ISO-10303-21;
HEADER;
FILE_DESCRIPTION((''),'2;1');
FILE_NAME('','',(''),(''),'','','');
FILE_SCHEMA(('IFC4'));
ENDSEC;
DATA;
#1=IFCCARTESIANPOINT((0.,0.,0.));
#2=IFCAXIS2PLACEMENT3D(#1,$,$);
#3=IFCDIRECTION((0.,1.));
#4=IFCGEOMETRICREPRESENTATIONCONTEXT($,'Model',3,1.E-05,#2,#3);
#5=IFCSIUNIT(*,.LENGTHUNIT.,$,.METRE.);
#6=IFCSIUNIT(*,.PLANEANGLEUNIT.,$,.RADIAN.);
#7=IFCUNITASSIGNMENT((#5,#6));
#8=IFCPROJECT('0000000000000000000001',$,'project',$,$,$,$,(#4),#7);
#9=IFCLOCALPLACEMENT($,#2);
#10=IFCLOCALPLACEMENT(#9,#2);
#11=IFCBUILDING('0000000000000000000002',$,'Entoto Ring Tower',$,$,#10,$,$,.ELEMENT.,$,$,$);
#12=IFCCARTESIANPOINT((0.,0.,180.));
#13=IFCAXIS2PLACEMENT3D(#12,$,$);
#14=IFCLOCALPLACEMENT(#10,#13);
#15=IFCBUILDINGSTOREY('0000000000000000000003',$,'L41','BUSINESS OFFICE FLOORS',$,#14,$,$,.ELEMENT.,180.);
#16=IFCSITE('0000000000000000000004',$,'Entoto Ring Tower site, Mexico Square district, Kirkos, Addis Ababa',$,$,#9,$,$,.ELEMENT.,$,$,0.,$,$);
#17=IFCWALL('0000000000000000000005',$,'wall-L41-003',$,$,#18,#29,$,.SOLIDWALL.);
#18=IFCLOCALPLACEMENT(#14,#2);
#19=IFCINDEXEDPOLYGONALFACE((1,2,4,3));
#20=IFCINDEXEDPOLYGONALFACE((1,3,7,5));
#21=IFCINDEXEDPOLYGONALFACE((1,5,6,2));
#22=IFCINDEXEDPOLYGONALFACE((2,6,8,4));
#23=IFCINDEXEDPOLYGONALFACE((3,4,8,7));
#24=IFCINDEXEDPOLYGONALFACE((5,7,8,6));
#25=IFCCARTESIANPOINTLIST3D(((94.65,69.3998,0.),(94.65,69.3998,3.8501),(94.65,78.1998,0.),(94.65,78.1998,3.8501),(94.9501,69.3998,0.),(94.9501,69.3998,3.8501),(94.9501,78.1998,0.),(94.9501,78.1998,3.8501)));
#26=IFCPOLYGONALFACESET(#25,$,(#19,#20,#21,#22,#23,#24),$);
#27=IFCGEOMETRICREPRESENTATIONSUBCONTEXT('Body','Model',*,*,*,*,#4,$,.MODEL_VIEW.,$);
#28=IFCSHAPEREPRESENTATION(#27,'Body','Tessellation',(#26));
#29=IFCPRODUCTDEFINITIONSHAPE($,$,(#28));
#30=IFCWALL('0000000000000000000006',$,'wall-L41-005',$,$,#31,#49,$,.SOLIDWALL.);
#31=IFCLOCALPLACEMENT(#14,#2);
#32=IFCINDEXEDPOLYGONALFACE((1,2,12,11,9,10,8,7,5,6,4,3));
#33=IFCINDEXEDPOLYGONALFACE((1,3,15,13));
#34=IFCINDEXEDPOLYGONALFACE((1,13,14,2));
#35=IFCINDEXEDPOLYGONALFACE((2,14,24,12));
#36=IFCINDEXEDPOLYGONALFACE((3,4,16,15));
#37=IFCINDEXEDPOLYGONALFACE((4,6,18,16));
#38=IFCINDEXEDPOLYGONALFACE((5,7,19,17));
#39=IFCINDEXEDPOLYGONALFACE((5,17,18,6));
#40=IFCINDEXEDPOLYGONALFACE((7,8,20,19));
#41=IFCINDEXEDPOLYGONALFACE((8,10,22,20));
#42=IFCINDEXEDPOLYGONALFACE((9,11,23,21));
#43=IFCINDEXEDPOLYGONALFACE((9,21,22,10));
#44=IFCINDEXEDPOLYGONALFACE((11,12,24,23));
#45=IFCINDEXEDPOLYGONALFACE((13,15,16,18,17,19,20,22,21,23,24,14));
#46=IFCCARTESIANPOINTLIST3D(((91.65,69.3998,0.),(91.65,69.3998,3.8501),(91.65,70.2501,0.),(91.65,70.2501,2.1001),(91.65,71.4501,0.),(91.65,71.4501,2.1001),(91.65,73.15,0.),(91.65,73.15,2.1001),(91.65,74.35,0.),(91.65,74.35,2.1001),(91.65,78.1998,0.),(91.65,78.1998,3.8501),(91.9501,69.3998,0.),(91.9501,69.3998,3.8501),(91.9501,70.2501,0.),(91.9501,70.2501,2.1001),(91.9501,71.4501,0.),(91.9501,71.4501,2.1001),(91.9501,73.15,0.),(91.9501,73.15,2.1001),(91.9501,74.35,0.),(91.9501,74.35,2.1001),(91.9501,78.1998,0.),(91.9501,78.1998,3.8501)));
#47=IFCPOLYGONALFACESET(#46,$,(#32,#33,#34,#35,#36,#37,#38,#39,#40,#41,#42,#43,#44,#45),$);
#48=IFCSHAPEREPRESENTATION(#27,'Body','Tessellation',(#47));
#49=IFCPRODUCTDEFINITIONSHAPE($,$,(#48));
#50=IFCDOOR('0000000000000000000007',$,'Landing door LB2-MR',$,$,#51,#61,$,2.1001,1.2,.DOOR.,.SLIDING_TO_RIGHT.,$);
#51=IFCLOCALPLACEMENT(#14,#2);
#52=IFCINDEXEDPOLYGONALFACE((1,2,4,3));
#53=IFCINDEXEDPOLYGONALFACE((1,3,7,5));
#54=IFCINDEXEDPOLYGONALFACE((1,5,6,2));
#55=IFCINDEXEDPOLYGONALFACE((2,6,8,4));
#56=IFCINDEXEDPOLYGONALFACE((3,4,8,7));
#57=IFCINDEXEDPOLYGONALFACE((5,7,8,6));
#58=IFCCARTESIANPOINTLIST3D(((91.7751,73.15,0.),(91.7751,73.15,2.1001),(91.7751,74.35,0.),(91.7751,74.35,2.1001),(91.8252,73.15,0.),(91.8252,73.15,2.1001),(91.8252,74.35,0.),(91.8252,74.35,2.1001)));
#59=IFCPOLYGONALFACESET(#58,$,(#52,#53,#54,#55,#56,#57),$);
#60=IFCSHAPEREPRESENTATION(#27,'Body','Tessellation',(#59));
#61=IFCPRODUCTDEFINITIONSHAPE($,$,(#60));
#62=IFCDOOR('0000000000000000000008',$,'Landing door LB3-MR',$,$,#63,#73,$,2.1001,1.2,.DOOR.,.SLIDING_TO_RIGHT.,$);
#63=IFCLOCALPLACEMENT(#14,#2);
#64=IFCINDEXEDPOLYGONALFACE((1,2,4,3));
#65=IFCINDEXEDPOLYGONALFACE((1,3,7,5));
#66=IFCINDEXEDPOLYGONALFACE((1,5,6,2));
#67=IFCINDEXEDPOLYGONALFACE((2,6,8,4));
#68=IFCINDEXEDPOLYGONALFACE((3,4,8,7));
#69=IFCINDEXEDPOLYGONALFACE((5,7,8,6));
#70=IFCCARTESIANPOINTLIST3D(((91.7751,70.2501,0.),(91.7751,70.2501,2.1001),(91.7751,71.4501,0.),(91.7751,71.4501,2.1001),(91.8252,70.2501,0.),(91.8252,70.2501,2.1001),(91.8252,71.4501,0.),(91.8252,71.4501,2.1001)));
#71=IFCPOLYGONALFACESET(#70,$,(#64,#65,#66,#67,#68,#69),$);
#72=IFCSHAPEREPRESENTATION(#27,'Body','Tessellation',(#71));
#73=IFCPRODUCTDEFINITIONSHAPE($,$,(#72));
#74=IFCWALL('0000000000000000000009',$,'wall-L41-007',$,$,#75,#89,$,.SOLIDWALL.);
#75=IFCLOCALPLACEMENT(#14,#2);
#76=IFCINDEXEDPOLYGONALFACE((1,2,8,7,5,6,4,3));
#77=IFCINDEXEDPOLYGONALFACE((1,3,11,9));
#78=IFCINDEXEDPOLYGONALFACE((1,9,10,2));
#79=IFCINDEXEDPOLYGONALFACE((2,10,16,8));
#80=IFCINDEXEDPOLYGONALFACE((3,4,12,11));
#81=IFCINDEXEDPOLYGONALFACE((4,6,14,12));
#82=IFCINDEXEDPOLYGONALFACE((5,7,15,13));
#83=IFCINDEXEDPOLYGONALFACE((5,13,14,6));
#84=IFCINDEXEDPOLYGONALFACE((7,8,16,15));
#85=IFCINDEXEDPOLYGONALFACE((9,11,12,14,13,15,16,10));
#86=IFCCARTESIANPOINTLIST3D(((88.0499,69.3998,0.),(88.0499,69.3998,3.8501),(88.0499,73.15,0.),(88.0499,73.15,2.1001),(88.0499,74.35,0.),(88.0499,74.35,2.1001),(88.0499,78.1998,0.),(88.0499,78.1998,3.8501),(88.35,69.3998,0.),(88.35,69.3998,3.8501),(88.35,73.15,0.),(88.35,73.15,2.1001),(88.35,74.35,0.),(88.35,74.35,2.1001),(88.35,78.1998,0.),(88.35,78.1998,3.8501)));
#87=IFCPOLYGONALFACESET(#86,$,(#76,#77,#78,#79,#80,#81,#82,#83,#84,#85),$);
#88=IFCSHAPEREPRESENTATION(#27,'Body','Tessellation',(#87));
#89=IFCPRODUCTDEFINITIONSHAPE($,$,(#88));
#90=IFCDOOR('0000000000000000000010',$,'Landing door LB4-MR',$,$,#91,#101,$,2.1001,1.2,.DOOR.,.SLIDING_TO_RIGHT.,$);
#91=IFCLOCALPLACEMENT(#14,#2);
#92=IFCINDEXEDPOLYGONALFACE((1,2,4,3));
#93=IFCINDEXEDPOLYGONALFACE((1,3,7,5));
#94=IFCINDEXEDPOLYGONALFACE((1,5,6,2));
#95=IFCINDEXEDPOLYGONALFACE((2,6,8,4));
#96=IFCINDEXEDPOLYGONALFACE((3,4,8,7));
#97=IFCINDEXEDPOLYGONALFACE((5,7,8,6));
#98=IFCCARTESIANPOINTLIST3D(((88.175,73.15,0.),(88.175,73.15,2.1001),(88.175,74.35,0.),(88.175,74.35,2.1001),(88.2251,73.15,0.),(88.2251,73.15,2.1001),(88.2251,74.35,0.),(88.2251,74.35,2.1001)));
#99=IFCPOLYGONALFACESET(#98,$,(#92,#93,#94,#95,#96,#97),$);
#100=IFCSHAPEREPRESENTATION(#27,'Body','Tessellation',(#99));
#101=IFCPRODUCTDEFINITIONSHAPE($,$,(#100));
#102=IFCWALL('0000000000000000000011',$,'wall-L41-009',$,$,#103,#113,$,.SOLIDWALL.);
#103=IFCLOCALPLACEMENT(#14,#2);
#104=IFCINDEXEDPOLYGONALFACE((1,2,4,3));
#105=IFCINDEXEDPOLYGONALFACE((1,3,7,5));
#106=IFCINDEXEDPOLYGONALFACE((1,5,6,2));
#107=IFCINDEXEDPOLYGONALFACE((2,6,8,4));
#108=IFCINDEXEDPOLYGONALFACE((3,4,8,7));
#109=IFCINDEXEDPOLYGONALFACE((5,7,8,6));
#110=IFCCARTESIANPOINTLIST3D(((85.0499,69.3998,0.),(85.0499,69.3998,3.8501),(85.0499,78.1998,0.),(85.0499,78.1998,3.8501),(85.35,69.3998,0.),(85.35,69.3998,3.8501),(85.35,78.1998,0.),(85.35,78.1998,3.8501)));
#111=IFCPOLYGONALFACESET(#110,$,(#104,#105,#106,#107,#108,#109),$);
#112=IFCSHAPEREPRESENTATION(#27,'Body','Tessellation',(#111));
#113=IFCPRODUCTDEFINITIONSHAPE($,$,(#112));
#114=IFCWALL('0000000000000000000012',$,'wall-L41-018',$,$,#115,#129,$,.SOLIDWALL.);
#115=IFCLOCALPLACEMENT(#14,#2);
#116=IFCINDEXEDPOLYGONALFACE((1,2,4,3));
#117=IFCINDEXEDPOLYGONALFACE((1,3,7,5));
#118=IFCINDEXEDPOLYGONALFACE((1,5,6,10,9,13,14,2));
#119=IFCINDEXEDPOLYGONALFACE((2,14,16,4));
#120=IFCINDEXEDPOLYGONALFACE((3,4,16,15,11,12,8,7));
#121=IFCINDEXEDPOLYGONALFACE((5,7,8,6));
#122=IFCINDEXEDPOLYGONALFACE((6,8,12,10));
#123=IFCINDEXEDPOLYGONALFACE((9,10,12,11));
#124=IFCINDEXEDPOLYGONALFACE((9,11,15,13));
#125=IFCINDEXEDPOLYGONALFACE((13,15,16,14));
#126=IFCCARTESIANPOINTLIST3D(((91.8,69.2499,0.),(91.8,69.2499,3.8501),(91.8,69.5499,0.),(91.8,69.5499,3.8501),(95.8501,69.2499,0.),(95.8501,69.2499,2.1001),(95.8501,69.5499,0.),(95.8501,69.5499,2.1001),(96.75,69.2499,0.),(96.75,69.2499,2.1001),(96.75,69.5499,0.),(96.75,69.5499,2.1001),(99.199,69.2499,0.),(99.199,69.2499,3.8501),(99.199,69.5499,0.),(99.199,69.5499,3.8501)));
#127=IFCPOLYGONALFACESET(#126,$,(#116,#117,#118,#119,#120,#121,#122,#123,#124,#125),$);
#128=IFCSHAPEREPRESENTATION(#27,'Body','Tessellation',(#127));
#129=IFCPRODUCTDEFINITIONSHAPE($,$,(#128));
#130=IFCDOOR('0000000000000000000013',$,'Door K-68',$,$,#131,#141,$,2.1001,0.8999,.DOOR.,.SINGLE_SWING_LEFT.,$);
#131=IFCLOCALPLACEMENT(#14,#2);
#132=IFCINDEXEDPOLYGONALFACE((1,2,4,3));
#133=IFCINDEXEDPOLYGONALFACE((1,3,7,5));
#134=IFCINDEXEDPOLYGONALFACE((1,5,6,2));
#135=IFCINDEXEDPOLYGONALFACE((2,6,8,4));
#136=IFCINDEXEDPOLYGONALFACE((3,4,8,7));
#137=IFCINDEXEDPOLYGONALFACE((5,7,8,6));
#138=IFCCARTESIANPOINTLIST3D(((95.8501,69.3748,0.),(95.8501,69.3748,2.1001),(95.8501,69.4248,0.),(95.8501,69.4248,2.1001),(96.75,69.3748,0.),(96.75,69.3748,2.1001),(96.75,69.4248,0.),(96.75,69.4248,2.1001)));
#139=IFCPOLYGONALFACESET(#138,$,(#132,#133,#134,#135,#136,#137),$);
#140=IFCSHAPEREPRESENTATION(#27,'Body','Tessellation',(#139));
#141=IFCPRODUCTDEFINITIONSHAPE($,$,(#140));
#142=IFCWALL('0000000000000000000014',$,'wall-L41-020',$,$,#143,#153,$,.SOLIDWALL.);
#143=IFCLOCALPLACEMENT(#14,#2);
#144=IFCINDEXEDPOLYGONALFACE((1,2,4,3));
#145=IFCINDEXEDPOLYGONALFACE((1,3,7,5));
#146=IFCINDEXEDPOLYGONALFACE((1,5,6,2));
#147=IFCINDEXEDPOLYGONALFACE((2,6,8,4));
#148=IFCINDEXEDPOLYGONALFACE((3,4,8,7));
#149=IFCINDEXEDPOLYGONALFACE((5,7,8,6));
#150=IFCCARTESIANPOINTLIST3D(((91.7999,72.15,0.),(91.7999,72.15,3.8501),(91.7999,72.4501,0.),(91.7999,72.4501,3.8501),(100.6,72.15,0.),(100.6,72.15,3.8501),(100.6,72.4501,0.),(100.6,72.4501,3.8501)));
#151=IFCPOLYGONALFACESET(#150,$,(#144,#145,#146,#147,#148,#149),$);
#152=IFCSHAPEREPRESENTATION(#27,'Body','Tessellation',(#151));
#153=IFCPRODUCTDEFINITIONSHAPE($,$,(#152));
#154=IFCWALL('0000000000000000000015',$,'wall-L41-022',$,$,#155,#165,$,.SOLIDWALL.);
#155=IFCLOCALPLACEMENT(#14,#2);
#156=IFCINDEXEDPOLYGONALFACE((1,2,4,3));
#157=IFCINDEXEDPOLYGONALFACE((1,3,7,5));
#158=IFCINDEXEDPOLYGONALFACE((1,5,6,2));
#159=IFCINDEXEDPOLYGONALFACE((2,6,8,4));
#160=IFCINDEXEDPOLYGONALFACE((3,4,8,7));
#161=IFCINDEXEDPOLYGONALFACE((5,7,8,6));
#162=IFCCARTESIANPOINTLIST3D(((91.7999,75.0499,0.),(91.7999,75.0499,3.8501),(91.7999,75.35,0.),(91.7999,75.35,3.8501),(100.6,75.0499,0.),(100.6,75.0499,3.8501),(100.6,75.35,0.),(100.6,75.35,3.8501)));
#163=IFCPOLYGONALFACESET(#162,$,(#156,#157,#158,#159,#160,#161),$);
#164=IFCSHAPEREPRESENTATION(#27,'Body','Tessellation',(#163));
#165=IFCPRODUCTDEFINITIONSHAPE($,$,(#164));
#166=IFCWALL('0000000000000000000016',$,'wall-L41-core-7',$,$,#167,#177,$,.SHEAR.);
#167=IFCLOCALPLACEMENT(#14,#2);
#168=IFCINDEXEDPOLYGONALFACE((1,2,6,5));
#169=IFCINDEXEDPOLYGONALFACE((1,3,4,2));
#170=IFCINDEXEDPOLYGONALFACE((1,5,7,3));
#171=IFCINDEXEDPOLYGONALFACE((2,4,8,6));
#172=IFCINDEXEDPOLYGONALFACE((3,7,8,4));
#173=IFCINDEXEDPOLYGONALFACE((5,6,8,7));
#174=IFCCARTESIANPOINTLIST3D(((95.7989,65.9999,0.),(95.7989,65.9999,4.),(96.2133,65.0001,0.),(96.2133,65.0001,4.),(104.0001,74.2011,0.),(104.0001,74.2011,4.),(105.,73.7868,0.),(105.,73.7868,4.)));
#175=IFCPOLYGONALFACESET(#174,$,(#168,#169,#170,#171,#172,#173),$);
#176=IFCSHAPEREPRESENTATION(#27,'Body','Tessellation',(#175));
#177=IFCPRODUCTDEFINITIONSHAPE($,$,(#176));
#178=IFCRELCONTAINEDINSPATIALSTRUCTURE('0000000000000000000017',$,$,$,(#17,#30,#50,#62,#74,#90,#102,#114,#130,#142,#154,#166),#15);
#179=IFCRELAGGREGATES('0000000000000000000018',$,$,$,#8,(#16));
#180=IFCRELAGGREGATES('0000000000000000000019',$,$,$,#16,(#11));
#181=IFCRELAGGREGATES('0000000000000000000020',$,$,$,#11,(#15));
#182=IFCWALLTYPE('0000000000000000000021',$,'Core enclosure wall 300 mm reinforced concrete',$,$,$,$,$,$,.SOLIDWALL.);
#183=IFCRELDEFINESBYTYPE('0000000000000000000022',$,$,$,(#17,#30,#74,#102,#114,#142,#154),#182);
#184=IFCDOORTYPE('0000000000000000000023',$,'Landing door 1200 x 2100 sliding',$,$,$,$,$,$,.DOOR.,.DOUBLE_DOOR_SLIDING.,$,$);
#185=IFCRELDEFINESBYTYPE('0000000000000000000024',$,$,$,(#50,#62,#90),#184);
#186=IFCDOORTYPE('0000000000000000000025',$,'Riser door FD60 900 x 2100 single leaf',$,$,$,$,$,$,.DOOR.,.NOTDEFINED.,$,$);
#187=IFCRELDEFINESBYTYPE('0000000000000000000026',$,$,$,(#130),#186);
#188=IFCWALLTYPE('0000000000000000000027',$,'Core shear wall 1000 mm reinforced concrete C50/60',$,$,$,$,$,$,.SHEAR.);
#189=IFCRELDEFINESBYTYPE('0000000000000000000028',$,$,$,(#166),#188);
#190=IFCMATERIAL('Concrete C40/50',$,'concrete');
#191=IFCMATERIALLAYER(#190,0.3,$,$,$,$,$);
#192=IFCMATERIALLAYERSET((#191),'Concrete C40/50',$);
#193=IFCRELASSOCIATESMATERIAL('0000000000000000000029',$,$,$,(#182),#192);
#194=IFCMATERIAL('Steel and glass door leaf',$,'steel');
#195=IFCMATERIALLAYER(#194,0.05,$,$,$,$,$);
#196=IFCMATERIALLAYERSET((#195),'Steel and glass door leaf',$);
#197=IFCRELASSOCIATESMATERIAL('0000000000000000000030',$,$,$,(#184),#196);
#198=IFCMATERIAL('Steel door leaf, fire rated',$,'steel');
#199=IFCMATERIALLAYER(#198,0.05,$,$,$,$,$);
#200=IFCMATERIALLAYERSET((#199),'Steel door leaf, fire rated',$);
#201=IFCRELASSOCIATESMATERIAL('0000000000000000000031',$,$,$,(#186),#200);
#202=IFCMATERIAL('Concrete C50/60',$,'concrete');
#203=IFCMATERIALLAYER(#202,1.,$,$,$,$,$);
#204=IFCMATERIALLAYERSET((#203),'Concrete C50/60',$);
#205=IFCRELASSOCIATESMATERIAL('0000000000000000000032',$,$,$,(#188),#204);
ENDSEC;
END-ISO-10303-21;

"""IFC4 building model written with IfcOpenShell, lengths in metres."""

from ifc_helpers import new_model, si_unit, direction, frame, frame_2d, origin, place, context, subcontext, project, spatial, polyline, rectangle, outline, extrude, material, layer, layer_set, type_object, element, fill, save


model = new_model("IFC4")

# Units and contexts
model_context = context("Model", 3, precision=1e-05, world=origin(), true_north=direction((0.0, 1.0)))
body_context = subcontext(model_context, "Body", "Model", "MODEL_VIEW")
ifc_project = project(units=[si_unit("LENGTHUNIT", "METRE"), si_unit("PLANEANGLEUNIT", "RADIAN")], contexts=[model_context])

# Site, building, storey
site_placement = place(None, origin())
site = spatial("IfcSite", under=ifc_project, at=site_placement, Name="Entoto Ring Tower site, Mexico Square district, Kirkos, Addis Ababa", CompositionType="ELEMENT", RefElevation=0.0)
building_placement = place(site_placement, origin())
building = spatial("IfcBuilding", under=site, at=building_placement, Name="Entoto Ring Tower", CompositionType="ELEMENT")
storey_placement = place(building_placement, frame((0.0, 0.0, 180.0)))
storey = spatial("IfcBuildingStorey", under=building, at=storey_placement, Name="L41", Description="BUSINESS OFFICE FLOORS", CompositionType="ELEMENT", Elevation=180.0)

# Wall
ifc_material_1 = material(Name="Concrete C40/50", Category="concrete")
ifc_layer_1 = layer(ifc_material_1, 0.3)
ifc_layer_set_1 = layer_set([ifc_layer_1], Name="Concrete C40/50")
wall_type_1 = type_object("IfcWallType", Name="Core enclosure wall 300 mm reinforced concrete", PredefinedType="SOLIDWALL", material=ifc_layer_set_1)
wall_1_placement = place(storey_placement, frame((94.8, 69.3999, 0.0), z_axis=(0.0, 0.0, 1.0), x_axis=(0.0, 1.0, 0.0)))
element("IfcWall", 1, at=wall_1_placement, inside=storey, type_object=wall_type_1, Name="wall-L41-003", PredefinedType="SOLIDWALL", context=body_context, shape_type="SweptSolid", body=[
    extrude(rectangle(XDim=8.8, YDim=0.3, at=frame_2d((4.3999, 0.0))), origin(), (0.0, 0.0, 1.0), 3.8501),
])

# Wall, openings, doors
wall_2_placement = place(storey_placement, frame((91.8, 69.3999, 0.0), z_axis=(0.0, 0.0, 1.0), x_axis=(0.0, 1.0, 0.0)))
wall_2 = element("IfcWall", 2, at=wall_2_placement, inside=storey, type_object=wall_type_1, Name="wall-L41-005", PredefinedType="SOLIDWALL", context=body_context, shape_type="SweptSolid", body=[
    extrude(rectangle(XDim=8.8, YDim=0.3, at=frame_2d((4.3999, 0.0))), origin(), (0.0, 0.0, 1.0), 3.8501),
])
opening_1_placement = place(wall_2_placement, frame((3.75, 0.0, 0.0)))
opening_1 = element("IfcOpeningElement", 3, at=opening_1_placement, cuts=wall_2, PredefinedType="OPENING", context=body_context, shape_type="SweptSolid", body=[
    extrude(rectangle(XDim=1.2, YDim=2.1001, at=frame_2d((0.6001, 1.05))), frame((0.0, 0.1602, 0.0), z_axis=(0.0, -1.0, 0.0), x_axis=(1.0, 0.0, 0.0)), (0.0, 0.0, 1.0), 0.3201),
])
opening_2_placement = place(wall_2_placement, frame((0.8501, 0.0, 0.0)))
opening_2 = element("IfcOpeningElement", 4, at=opening_2_placement, cuts=wall_2, PredefinedType="OPENING", context=body_context, shape_type="SweptSolid", body=[
    extrude(rectangle(XDim=1.2, YDim=2.1001, at=frame_2d((0.6001, 1.05))), frame((0.0, 0.1602, 0.0), z_axis=(0.0, -1.0, 0.0), x_axis=(1.0, 0.0, 0.0)), (0.0, 0.0, 1.0), 0.3201),
])
ifc_material_2 = material(Name="Steel and glass door leaf", Category="steel")
ifc_layer_2 = layer(ifc_material_2, 0.05)
ifc_layer_set_2 = layer_set([ifc_layer_2], Name="Steel and glass door leaf")
door_type_1 = type_object("IfcDoorType", Name="Landing door 1200 x 2100 sliding", OperationType="DOUBLE_DOOR_SLIDING", PredefinedType="DOOR", material=ifc_layer_set_2)
door_1_placement = place(opening_1_placement, origin())
door_1 = element("IfcDoor", 5, at=door_1_placement, inside=storey, type_object=door_type_1, Name="Landing door LB2-MR", OperationType="SLIDING_TO_RIGHT", OverallHeight=2.1001, OverallWidth=1.2, PredefinedType="DOOR", context=body_context, shape_type="SweptSolid", body=[
    extrude(rectangle(XDim=1.2, YDim=2.1001, at=frame_2d((0.6001, 1.05))), frame((0.0, 0.0249, 0.0), z_axis=(0.0, -1.0, 0.0), x_axis=(1.0, 0.0, 0.0)), (0.0, 0.0, 1.0), 0.05),
])
fill(opening_1, door_1)
door_2_placement = place(opening_2_placement, origin())
door_2 = element("IfcDoor", 6, at=door_2_placement, inside=storey, type_object=door_type_1, Name="Landing door LB3-MR", OperationType="SLIDING_TO_RIGHT", OverallHeight=2.1001, OverallWidth=1.2, PredefinedType="DOOR", context=body_context, shape_type="SweptSolid", body=[
    extrude(rectangle(XDim=1.2, YDim=2.1001, at=frame_2d((0.6001, 1.05))), frame((0.0, 0.0249, 0.0), z_axis=(0.0, -1.0, 0.0), x_axis=(1.0, 0.0, 0.0)), (0.0, 0.0, 1.0), 0.05),
])
fill(opening_2, door_2)

# Wall, opening, door
wall_3_placement = place(storey_placement, frame((88.2, 69.3999, 0.0), z_axis=(0.0, 0.0, 1.0), x_axis=(0.0, 1.0, 0.0)))
wall_3 = element("IfcWall", 7, at=wall_3_placement, inside=storey, type_object=wall_type_1, Name="wall-L41-007", PredefinedType="SOLIDWALL", context=body_context, shape_type="SweptSolid", body=[
    extrude(rectangle(XDim=8.8, YDim=0.3, at=frame_2d((4.3999, 0.0))), origin(), (0.0, 0.0, 1.0), 3.8501),
])
opening_3_placement = place(wall_3_placement, frame((3.75, 0.0, 0.0)))
opening_3 = element("IfcOpeningElement", 8, at=opening_3_placement, cuts=wall_3, PredefinedType="OPENING", context=body_context, shape_type="SweptSolid", body=[
    extrude(rectangle(XDim=1.2, YDim=2.1001, at=frame_2d((0.6001, 1.05))), frame((0.0, 0.1602, 0.0), z_axis=(0.0, -1.0, 0.0), x_axis=(1.0, 0.0, 0.0)), (0.0, 0.0, 1.0), 0.3201),
])
door_3_placement = place(opening_3_placement, origin())
door_3 = element("IfcDoor", 9, at=door_3_placement, inside=storey, type_object=door_type_1, Name="Landing door LB4-MR", OperationType="SLIDING_TO_RIGHT", OverallHeight=2.1001, OverallWidth=1.2, PredefinedType="DOOR", context=body_context, shape_type="SweptSolid", body=[
    extrude(rectangle(XDim=1.2, YDim=2.1001, at=frame_2d((0.6001, 1.05))), frame((0.0, 0.0249, 0.0), z_axis=(0.0, -1.0, 0.0), x_axis=(1.0, 0.0, 0.0)), (0.0, 0.0, 1.0), 0.05),
])
fill(opening_3, door_3)

# Wall
wall_4_placement = place(storey_placement, frame((85.2, 69.3999, 0.0), z_axis=(0.0, 0.0, 1.0), x_axis=(0.0, 1.0, 0.0)))
element("IfcWall", 10, at=wall_4_placement, inside=storey, type_object=wall_type_1, Name="wall-L41-009", PredefinedType="SOLIDWALL", context=body_context, shape_type="SweptSolid", body=[
    extrude(rectangle(XDim=8.8, YDim=0.3, at=frame_2d((4.3999, 0.0))), origin(), (0.0, 0.0, 1.0), 3.8501),
])

# Wall, opening, door
wall_5_placement = place(storey_placement, frame((91.8, 69.3999, 0.0), z_axis=(0.0, 0.0, 1.0), x_axis=(1.0, 0.0, 0.0)))
wall_5 = element("IfcWall", 11, at=wall_5_placement, inside=storey, type_object=wall_type_1, Name="wall-L41-018", PredefinedType="SOLIDWALL", context=body_context, shape_type="SweptSolid", body=[
    extrude(rectangle(XDim=7.3989, YDim=0.3, at=frame_2d((3.6995, 0.0))), origin(), (0.0, 0.0, 1.0), 3.8501),
])
opening_4_placement = place(wall_5_placement, frame((4.05, 0.0, 0.0)))
opening_4 = element("IfcOpeningElement", 12, at=opening_4_placement, cuts=wall_5, PredefinedType="OPENING", context=body_context, shape_type="SweptSolid", body=[
    extrude(rectangle(XDim=0.8999, YDim=2.1001, at=frame_2d((0.45, 1.05))), frame((0.0, 0.1602, 0.0), z_axis=(0.0, -1.0, 0.0), x_axis=(1.0, 0.0, 0.0)), (0.0, 0.0, 1.0), 0.3201),
])
ifc_material_3 = material(Name="Steel door leaf, fire rated", Category="steel")
ifc_layer_3 = layer(ifc_material_3, 0.05)
ifc_layer_set_3 = layer_set([ifc_layer_3], Name="Steel door leaf, fire rated")
door_type_2 = type_object("IfcDoorType", Name="Riser door FD60 900 x 2100 single leaf", OperationType="NOTDEFINED", PredefinedType="DOOR", material=ifc_layer_set_3)
door_4_placement = place(opening_4_placement, origin())
door_4 = element("IfcDoor", 13, at=door_4_placement, inside=storey, type_object=door_type_2, Name="Door K-68", OperationType="SINGLE_SWING_LEFT", OverallHeight=2.1001, OverallWidth=0.8999, PredefinedType="DOOR", context=body_context, shape_type="SweptSolid", body=[
    extrude(rectangle(XDim=0.8999, YDim=2.1001, at=frame_2d((0.45, 1.05))), frame((0.0, 0.0249, 0.0), z_axis=(0.0, -1.0, 0.0), x_axis=(1.0, 0.0, 0.0)), (0.0, 0.0, 1.0), 0.05),
])
fill(opening_4, door_4)

# Walls
for number, where, z_axis, x_axis, name in (
    (14, (91.8, 72.3, 0.0), (0.0, 0.0, 1.0), (1.0, 0.0, 0.0), "wall-L41-020"),
    (15, (91.8, 75.2, 0.0), (0.0, 0.0, 1.0), (1.0, 0.0, 0.0), "wall-L41-022"),
):
    element("IfcWall", number, at=place(storey_placement, frame(where, z_axis=z_axis, x_axis=x_axis)), inside=storey, type_object=wall_type_1, Name=name, PredefinedType="SOLIDWALL", context=body_context, shape_type="SweptSolid", body=[
        extrude(rectangle(XDim=8.8, YDim=0.3, at=frame_2d((4.3999, 0.0))), origin(), (0.0, 0.0, 1.0), 3.8501),
    ])
ifc_material_4 = material(Name="Concrete C50/60", Category="concrete")
ifc_layer_4 = layer(ifc_material_4, 1.0)
ifc_layer_set_4 = layer_set([ifc_layer_4], Name="Concrete C50/60")
wall_type_2 = type_object("IfcWallType", Name="Core shear wall 1000 mm reinforced concrete C50/60", PredefinedType="SHEAR", material=ifc_layer_set_4)
wall_6_placement = place(storey_placement, frame((96.0061, 65.5, 0.0), z_axis=(0.0, 0.0, 1.0), x_axis=(0.707107, 0.707107, 0.0)))
element("IfcWall", 16, at=wall_6_placement, inside=storey, type_object=wall_type_2, Name="wall-L41-core-7", PredefinedType="SHEAR", context=body_context, shape_type="SweptSolid", body=[
    extrude(outline(polyline([(-0.207, -0.5), (12.2192, -0.5), (11.8052, 0.5), (0.207, 0.5), (-0.207, -0.5)])), origin(), (0.0, 0.0, 1.0), 4.0),
])

save(model, "model.ifc")
